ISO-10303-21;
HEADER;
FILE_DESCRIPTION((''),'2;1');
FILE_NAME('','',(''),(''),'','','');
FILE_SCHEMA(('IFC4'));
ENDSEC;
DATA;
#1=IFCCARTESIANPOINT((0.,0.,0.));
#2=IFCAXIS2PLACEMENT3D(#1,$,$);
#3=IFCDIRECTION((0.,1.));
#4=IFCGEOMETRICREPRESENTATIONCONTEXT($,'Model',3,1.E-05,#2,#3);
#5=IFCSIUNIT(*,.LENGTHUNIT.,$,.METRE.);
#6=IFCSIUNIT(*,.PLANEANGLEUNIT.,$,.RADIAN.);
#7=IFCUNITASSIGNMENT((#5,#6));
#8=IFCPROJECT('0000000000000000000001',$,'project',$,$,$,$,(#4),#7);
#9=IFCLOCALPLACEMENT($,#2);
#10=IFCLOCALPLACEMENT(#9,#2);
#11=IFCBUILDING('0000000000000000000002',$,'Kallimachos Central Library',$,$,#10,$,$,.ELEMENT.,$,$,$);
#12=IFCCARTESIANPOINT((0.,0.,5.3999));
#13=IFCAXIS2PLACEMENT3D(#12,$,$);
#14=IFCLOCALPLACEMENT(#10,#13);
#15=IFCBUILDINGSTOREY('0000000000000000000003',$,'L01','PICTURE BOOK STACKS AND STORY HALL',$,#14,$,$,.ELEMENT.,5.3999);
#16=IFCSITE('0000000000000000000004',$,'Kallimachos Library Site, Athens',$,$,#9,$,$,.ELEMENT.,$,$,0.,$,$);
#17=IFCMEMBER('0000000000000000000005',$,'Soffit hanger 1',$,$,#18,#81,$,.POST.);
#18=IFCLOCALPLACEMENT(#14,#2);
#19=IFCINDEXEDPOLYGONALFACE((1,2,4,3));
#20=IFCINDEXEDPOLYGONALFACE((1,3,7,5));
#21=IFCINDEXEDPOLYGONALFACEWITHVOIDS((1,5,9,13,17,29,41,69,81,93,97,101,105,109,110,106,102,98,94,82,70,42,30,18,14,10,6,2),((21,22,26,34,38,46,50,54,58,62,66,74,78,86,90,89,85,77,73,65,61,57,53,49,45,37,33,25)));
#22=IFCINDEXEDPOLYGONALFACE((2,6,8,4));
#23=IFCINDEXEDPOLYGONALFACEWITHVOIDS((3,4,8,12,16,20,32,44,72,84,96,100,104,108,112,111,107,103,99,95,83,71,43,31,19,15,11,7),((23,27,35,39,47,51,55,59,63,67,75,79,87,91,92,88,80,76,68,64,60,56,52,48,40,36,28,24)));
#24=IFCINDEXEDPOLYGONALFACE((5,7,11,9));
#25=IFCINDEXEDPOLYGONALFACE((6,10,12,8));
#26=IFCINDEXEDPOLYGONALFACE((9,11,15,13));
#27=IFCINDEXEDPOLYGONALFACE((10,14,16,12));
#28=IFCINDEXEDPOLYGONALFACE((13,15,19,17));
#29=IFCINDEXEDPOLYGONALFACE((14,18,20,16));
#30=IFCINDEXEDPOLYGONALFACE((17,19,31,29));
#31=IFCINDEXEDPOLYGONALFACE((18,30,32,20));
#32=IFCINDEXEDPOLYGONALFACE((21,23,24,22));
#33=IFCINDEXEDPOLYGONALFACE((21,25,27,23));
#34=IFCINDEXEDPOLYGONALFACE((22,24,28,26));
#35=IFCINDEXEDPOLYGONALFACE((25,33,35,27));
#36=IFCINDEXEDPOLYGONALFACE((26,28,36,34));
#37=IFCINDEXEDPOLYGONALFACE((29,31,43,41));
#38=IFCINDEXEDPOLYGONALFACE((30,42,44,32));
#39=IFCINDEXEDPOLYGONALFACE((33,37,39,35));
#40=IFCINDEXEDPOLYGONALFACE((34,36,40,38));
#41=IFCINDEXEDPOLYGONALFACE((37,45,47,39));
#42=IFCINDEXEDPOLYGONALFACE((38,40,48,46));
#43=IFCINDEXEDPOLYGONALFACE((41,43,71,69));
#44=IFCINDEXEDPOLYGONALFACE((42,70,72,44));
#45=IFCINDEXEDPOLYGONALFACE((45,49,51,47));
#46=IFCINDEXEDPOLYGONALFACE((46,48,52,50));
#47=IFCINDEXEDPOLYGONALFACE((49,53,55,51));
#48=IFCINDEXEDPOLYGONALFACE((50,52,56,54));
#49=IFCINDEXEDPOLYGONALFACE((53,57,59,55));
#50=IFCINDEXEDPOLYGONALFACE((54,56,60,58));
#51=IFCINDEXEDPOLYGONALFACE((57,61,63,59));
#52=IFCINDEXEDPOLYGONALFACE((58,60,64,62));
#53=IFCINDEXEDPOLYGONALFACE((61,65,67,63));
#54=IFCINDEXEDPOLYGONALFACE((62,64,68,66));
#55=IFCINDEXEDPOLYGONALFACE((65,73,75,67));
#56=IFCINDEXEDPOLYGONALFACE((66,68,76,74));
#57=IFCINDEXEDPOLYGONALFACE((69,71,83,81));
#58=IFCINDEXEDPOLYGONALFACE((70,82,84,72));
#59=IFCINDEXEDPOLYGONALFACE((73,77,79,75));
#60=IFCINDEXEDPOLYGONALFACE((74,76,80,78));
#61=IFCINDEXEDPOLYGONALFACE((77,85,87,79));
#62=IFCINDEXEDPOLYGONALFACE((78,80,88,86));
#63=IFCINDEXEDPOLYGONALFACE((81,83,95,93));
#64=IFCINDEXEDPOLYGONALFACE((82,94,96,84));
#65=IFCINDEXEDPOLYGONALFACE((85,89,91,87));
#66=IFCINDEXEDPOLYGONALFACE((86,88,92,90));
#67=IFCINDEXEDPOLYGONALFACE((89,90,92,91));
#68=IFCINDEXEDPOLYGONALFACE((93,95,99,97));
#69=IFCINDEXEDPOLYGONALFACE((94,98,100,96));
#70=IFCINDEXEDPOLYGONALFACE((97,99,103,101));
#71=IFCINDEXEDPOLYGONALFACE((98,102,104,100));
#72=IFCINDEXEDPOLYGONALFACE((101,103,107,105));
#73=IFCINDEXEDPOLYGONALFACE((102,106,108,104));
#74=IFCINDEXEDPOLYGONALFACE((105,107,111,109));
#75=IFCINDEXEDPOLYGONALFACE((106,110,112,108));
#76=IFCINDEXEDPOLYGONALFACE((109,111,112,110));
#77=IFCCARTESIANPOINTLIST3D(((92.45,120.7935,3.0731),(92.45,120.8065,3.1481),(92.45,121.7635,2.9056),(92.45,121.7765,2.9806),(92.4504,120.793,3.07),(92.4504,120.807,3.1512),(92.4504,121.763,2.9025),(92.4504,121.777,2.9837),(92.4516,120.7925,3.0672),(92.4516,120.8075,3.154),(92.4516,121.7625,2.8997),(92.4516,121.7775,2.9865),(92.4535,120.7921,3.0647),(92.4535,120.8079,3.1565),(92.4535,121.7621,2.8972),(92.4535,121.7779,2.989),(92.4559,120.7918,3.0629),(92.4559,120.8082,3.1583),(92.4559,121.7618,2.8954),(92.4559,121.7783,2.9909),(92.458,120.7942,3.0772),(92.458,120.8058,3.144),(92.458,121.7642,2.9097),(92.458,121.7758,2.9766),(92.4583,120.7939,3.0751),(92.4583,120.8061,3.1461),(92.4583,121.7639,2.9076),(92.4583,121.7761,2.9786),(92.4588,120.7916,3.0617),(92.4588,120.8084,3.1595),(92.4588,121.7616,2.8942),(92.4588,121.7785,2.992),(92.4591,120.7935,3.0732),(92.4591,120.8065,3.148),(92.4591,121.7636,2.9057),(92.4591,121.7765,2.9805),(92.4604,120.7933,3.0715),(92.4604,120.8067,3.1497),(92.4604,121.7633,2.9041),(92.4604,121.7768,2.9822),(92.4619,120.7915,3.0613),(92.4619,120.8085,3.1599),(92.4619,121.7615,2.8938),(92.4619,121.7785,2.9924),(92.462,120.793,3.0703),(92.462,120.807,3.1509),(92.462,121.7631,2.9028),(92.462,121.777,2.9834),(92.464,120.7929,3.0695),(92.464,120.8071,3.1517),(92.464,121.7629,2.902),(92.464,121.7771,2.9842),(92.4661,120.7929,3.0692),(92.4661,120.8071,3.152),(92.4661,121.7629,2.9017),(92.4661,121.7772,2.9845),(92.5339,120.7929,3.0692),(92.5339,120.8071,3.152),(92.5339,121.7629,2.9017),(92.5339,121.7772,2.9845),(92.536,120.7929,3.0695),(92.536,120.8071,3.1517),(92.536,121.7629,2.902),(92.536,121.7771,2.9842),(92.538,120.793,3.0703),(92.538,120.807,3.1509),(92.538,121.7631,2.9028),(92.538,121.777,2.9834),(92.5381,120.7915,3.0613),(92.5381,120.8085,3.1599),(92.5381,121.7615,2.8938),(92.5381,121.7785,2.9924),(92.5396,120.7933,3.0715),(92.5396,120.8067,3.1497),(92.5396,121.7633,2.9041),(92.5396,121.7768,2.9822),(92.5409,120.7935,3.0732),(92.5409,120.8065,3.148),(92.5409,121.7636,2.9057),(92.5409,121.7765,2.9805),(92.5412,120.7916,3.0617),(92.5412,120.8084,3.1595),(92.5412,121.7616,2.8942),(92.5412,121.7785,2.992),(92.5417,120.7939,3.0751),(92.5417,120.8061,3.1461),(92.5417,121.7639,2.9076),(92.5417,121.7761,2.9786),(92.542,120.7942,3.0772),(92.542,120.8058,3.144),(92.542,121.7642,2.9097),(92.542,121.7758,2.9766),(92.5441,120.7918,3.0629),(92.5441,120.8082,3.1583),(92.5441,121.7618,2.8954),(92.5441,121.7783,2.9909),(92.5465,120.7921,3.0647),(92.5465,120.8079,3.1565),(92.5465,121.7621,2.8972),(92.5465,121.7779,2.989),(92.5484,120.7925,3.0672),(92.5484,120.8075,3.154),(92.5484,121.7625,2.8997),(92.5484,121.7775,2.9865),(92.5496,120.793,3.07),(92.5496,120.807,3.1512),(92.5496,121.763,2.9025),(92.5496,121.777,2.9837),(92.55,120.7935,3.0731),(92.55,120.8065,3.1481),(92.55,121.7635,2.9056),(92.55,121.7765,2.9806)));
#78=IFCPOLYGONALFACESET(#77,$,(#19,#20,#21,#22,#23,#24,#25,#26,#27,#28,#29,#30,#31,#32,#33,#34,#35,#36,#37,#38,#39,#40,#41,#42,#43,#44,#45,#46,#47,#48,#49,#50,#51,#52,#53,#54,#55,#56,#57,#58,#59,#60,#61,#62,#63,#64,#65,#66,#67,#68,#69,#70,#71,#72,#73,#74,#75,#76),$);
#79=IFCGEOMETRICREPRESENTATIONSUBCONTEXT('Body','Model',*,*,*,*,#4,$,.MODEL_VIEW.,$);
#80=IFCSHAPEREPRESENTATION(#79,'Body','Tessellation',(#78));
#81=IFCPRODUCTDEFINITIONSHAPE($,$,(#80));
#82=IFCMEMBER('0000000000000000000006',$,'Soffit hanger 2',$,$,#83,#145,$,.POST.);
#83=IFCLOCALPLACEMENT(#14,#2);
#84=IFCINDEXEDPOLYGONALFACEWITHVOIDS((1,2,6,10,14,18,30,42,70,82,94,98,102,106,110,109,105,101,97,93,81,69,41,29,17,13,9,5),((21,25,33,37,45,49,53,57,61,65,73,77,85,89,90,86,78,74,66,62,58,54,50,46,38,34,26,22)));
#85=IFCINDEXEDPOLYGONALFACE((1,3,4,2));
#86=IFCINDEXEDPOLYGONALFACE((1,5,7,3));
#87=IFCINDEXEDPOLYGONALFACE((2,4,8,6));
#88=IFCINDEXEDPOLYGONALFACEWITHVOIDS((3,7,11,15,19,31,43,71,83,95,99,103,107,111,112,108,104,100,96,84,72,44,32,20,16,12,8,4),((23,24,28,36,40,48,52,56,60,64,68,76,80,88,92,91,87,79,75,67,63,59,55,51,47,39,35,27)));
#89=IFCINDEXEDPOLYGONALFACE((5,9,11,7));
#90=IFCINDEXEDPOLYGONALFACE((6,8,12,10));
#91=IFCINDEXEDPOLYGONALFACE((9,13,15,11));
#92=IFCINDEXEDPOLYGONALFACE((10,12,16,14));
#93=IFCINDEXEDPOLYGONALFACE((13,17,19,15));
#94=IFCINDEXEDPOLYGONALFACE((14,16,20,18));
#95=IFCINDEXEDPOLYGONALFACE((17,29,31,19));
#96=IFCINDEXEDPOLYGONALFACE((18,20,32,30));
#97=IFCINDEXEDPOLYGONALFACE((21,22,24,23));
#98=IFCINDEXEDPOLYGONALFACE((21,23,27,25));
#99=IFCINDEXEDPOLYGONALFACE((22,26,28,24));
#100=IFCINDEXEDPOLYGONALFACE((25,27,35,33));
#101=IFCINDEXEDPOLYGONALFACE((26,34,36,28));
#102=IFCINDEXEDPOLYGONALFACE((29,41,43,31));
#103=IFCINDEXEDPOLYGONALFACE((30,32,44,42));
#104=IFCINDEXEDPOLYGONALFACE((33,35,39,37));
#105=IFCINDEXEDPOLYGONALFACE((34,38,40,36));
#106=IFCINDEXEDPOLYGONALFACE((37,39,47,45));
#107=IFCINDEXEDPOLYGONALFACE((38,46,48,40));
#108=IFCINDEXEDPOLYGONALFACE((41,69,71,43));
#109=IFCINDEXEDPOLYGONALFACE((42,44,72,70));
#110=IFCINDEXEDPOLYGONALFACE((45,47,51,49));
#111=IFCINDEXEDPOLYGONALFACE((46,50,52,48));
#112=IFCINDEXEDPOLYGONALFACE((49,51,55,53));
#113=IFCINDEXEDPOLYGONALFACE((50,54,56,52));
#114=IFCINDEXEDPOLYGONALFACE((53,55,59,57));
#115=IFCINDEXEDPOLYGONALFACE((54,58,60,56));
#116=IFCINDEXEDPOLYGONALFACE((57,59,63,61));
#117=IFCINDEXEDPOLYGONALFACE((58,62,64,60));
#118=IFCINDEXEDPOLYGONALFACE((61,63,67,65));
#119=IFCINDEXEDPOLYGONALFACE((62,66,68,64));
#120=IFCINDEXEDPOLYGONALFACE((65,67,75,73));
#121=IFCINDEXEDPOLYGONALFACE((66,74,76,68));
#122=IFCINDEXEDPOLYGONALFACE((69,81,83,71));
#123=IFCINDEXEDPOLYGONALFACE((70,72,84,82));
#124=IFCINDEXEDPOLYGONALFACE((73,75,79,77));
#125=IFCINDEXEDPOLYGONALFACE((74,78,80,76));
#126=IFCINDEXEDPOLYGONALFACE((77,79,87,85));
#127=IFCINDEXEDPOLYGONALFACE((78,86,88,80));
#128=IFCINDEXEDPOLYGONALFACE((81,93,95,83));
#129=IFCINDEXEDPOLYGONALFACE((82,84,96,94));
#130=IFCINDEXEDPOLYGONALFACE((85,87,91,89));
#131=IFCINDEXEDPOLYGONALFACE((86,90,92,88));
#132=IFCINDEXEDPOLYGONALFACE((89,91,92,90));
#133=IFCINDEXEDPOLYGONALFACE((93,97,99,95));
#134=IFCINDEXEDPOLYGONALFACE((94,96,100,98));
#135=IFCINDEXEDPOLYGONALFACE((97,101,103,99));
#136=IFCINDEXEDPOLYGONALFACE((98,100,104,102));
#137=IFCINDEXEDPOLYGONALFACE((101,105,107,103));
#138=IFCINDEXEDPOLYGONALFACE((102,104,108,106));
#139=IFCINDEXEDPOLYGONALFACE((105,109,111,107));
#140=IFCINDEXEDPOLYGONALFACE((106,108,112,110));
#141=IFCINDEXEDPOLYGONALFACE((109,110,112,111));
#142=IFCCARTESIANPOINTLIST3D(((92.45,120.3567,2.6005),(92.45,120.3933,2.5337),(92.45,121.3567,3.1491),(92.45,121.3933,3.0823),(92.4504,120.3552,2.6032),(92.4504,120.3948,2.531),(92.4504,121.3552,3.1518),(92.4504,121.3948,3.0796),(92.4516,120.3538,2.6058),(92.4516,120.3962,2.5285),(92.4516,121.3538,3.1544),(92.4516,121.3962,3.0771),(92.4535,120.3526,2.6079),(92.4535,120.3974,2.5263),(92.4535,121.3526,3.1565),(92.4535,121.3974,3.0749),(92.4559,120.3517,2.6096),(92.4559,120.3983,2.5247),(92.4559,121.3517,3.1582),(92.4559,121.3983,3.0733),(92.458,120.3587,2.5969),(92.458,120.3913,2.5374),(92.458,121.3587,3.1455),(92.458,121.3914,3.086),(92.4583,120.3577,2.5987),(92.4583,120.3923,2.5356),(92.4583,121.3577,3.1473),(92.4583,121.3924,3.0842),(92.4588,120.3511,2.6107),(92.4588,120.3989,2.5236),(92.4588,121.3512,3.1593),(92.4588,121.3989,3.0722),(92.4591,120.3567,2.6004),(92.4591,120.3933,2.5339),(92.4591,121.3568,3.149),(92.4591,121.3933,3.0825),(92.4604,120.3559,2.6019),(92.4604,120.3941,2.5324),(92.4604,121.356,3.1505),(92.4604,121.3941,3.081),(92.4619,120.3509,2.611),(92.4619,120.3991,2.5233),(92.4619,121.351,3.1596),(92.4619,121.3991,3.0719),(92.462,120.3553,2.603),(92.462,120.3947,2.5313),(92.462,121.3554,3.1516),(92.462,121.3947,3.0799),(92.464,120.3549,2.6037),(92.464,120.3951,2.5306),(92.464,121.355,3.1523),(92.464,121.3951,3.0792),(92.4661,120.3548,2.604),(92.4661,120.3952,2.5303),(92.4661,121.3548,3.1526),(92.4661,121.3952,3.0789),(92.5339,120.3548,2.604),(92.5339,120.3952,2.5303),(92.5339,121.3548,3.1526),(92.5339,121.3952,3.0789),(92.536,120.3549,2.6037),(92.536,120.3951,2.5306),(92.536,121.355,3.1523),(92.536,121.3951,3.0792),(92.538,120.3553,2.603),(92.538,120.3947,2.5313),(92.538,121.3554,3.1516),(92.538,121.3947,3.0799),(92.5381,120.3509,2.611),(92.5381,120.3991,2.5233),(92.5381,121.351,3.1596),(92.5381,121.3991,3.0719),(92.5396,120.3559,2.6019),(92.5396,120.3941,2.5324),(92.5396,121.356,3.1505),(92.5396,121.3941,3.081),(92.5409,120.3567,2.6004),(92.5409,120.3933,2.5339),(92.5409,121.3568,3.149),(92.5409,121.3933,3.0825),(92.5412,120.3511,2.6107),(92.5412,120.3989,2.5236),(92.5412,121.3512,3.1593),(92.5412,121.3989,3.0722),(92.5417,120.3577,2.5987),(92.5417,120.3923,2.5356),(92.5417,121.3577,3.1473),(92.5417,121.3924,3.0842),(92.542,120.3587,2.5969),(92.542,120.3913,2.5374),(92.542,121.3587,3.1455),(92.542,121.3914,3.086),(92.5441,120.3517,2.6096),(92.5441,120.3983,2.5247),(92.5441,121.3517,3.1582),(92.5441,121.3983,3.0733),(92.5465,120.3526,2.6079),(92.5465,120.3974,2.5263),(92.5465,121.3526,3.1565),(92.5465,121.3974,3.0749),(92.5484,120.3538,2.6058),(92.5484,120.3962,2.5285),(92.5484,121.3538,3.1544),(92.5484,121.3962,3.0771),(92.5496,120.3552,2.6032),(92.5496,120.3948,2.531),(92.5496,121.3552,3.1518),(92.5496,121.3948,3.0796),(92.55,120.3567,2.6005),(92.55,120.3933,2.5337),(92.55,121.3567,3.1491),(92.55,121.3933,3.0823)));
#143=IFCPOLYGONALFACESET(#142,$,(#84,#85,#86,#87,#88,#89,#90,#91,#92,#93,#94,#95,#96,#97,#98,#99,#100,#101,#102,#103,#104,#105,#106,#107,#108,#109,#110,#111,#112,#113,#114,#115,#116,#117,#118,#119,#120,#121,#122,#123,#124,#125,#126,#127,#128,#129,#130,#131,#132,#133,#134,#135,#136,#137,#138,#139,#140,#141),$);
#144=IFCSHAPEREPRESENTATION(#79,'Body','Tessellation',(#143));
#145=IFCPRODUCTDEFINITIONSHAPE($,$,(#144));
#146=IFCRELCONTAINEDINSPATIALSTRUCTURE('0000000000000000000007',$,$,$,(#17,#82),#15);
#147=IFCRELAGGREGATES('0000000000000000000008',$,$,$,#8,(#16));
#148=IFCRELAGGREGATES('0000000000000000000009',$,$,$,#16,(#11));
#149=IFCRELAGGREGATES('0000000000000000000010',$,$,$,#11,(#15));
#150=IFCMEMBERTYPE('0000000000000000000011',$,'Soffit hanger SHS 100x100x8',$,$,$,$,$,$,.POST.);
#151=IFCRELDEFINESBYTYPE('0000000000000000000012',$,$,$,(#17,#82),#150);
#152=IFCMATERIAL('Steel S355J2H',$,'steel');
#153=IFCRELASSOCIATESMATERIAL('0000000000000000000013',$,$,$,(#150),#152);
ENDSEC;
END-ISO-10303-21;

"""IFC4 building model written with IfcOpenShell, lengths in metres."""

from ifc_helpers import new_model, si_unit, direction, frame, origin, origin_2d, place, context, subcontext, project, spatial, hollow_rectangle, extrude, material, material_profile, profile_set, type_object, element, save


model = new_model("IFC4")

# Units and contexts
model_context = context("Model", 3, precision=1e-05, world=origin(), true_north=direction((0.0, 1.0)))
body_context = subcontext(model_context, "Body", "Model", "MODEL_VIEW")
ifc_project = project(units=[si_unit("LENGTHUNIT", "METRE"), si_unit("PLANEANGLEUNIT", "RADIAN")], contexts=[model_context])

# Site, building, storey
site_placement = place(None, origin())
site = spatial("IfcSite", under=ifc_project, at=site_placement, Name="Kallimachos Library Site, Athens", CompositionType="ELEMENT", RefElevation=0.0)
building_placement = place(site_placement, origin())
building = spatial("IfcBuilding", under=site, at=building_placement, Name="Kallimachos Central Library", CompositionType="ELEMENT")
storey_placement = place(building_placement, frame((0.0, 0.0, 5.3999)))
storey = spatial("IfcBuildingStorey", under=building, at=storey_placement, Name="L01", Description="PICTURE BOOK STACKS AND STORY HALL", CompositionType="ELEMENT", Elevation=5.3999)

# Members
ifc_material_1 = material(Name="Steel S355J2H", Category="steel")
ifc_material_profile_1 = material_profile(ifc_material_1, hollow_rectangle(XDim=0.1001, YDim=0.1001, WallThickness=0.0081, InnerFilletRadius=0.0081, OuterFilletRadius=0.012, at=origin_2d()), Name="SHS 100x100x8")
ifc_profile_set_1 = profile_set([ifc_material_profile_1], Name="Steel S355J2H")
member_type_1 = type_object("IfcMemberType", Name="Soffit hanger SHS 100x100x8", PredefinedType="POST", material=ifc_profile_set_1)
member_1_placement = place(storey_placement, frame((92.5, 121.77, 2.9431), z_axis=(0.0, -0.985419, 0.170148), x_axis=(1.0, 0.0, 0.0)))
element("IfcMember", 1, at=member_1_placement, inside=storey, type_object=member_type_1, Name="Soffit hanger 1", PredefinedType="POST", context=body_context, shape_type="SweptSolid", body=[
    extrude(hollow_rectangle(XDim=0.1001, YDim=0.1001, WallThickness=0.0081, InnerFilletRadius=0.0081, OuterFilletRadius=0.012, at=origin_2d()), origin(), (0.0, 0.0, 1.0), 0.9844),
])
member_2_placement = place(storey_placement, frame((92.5, 120.375, 2.5671), z_axis=(0.0, 0.87674, 0.480965), x_axis=(-1.0, 0.0, 0.0)))
element("IfcMember", 2, at=member_2_placement, inside=storey, type_object=member_type_1, Name="Soffit hanger 2", PredefinedType="POST", context=body_context, shape_type="SweptSolid", body=[
    extrude(hollow_rectangle(XDim=0.1001, YDim=0.1001, WallThickness=0.0081, InnerFilletRadius=0.0081, OuterFilletRadius=0.012, at=origin_2d()), origin(), (0.0, 0.0, 1.0), 1.1406),
])

save(model, "model.ifc")
